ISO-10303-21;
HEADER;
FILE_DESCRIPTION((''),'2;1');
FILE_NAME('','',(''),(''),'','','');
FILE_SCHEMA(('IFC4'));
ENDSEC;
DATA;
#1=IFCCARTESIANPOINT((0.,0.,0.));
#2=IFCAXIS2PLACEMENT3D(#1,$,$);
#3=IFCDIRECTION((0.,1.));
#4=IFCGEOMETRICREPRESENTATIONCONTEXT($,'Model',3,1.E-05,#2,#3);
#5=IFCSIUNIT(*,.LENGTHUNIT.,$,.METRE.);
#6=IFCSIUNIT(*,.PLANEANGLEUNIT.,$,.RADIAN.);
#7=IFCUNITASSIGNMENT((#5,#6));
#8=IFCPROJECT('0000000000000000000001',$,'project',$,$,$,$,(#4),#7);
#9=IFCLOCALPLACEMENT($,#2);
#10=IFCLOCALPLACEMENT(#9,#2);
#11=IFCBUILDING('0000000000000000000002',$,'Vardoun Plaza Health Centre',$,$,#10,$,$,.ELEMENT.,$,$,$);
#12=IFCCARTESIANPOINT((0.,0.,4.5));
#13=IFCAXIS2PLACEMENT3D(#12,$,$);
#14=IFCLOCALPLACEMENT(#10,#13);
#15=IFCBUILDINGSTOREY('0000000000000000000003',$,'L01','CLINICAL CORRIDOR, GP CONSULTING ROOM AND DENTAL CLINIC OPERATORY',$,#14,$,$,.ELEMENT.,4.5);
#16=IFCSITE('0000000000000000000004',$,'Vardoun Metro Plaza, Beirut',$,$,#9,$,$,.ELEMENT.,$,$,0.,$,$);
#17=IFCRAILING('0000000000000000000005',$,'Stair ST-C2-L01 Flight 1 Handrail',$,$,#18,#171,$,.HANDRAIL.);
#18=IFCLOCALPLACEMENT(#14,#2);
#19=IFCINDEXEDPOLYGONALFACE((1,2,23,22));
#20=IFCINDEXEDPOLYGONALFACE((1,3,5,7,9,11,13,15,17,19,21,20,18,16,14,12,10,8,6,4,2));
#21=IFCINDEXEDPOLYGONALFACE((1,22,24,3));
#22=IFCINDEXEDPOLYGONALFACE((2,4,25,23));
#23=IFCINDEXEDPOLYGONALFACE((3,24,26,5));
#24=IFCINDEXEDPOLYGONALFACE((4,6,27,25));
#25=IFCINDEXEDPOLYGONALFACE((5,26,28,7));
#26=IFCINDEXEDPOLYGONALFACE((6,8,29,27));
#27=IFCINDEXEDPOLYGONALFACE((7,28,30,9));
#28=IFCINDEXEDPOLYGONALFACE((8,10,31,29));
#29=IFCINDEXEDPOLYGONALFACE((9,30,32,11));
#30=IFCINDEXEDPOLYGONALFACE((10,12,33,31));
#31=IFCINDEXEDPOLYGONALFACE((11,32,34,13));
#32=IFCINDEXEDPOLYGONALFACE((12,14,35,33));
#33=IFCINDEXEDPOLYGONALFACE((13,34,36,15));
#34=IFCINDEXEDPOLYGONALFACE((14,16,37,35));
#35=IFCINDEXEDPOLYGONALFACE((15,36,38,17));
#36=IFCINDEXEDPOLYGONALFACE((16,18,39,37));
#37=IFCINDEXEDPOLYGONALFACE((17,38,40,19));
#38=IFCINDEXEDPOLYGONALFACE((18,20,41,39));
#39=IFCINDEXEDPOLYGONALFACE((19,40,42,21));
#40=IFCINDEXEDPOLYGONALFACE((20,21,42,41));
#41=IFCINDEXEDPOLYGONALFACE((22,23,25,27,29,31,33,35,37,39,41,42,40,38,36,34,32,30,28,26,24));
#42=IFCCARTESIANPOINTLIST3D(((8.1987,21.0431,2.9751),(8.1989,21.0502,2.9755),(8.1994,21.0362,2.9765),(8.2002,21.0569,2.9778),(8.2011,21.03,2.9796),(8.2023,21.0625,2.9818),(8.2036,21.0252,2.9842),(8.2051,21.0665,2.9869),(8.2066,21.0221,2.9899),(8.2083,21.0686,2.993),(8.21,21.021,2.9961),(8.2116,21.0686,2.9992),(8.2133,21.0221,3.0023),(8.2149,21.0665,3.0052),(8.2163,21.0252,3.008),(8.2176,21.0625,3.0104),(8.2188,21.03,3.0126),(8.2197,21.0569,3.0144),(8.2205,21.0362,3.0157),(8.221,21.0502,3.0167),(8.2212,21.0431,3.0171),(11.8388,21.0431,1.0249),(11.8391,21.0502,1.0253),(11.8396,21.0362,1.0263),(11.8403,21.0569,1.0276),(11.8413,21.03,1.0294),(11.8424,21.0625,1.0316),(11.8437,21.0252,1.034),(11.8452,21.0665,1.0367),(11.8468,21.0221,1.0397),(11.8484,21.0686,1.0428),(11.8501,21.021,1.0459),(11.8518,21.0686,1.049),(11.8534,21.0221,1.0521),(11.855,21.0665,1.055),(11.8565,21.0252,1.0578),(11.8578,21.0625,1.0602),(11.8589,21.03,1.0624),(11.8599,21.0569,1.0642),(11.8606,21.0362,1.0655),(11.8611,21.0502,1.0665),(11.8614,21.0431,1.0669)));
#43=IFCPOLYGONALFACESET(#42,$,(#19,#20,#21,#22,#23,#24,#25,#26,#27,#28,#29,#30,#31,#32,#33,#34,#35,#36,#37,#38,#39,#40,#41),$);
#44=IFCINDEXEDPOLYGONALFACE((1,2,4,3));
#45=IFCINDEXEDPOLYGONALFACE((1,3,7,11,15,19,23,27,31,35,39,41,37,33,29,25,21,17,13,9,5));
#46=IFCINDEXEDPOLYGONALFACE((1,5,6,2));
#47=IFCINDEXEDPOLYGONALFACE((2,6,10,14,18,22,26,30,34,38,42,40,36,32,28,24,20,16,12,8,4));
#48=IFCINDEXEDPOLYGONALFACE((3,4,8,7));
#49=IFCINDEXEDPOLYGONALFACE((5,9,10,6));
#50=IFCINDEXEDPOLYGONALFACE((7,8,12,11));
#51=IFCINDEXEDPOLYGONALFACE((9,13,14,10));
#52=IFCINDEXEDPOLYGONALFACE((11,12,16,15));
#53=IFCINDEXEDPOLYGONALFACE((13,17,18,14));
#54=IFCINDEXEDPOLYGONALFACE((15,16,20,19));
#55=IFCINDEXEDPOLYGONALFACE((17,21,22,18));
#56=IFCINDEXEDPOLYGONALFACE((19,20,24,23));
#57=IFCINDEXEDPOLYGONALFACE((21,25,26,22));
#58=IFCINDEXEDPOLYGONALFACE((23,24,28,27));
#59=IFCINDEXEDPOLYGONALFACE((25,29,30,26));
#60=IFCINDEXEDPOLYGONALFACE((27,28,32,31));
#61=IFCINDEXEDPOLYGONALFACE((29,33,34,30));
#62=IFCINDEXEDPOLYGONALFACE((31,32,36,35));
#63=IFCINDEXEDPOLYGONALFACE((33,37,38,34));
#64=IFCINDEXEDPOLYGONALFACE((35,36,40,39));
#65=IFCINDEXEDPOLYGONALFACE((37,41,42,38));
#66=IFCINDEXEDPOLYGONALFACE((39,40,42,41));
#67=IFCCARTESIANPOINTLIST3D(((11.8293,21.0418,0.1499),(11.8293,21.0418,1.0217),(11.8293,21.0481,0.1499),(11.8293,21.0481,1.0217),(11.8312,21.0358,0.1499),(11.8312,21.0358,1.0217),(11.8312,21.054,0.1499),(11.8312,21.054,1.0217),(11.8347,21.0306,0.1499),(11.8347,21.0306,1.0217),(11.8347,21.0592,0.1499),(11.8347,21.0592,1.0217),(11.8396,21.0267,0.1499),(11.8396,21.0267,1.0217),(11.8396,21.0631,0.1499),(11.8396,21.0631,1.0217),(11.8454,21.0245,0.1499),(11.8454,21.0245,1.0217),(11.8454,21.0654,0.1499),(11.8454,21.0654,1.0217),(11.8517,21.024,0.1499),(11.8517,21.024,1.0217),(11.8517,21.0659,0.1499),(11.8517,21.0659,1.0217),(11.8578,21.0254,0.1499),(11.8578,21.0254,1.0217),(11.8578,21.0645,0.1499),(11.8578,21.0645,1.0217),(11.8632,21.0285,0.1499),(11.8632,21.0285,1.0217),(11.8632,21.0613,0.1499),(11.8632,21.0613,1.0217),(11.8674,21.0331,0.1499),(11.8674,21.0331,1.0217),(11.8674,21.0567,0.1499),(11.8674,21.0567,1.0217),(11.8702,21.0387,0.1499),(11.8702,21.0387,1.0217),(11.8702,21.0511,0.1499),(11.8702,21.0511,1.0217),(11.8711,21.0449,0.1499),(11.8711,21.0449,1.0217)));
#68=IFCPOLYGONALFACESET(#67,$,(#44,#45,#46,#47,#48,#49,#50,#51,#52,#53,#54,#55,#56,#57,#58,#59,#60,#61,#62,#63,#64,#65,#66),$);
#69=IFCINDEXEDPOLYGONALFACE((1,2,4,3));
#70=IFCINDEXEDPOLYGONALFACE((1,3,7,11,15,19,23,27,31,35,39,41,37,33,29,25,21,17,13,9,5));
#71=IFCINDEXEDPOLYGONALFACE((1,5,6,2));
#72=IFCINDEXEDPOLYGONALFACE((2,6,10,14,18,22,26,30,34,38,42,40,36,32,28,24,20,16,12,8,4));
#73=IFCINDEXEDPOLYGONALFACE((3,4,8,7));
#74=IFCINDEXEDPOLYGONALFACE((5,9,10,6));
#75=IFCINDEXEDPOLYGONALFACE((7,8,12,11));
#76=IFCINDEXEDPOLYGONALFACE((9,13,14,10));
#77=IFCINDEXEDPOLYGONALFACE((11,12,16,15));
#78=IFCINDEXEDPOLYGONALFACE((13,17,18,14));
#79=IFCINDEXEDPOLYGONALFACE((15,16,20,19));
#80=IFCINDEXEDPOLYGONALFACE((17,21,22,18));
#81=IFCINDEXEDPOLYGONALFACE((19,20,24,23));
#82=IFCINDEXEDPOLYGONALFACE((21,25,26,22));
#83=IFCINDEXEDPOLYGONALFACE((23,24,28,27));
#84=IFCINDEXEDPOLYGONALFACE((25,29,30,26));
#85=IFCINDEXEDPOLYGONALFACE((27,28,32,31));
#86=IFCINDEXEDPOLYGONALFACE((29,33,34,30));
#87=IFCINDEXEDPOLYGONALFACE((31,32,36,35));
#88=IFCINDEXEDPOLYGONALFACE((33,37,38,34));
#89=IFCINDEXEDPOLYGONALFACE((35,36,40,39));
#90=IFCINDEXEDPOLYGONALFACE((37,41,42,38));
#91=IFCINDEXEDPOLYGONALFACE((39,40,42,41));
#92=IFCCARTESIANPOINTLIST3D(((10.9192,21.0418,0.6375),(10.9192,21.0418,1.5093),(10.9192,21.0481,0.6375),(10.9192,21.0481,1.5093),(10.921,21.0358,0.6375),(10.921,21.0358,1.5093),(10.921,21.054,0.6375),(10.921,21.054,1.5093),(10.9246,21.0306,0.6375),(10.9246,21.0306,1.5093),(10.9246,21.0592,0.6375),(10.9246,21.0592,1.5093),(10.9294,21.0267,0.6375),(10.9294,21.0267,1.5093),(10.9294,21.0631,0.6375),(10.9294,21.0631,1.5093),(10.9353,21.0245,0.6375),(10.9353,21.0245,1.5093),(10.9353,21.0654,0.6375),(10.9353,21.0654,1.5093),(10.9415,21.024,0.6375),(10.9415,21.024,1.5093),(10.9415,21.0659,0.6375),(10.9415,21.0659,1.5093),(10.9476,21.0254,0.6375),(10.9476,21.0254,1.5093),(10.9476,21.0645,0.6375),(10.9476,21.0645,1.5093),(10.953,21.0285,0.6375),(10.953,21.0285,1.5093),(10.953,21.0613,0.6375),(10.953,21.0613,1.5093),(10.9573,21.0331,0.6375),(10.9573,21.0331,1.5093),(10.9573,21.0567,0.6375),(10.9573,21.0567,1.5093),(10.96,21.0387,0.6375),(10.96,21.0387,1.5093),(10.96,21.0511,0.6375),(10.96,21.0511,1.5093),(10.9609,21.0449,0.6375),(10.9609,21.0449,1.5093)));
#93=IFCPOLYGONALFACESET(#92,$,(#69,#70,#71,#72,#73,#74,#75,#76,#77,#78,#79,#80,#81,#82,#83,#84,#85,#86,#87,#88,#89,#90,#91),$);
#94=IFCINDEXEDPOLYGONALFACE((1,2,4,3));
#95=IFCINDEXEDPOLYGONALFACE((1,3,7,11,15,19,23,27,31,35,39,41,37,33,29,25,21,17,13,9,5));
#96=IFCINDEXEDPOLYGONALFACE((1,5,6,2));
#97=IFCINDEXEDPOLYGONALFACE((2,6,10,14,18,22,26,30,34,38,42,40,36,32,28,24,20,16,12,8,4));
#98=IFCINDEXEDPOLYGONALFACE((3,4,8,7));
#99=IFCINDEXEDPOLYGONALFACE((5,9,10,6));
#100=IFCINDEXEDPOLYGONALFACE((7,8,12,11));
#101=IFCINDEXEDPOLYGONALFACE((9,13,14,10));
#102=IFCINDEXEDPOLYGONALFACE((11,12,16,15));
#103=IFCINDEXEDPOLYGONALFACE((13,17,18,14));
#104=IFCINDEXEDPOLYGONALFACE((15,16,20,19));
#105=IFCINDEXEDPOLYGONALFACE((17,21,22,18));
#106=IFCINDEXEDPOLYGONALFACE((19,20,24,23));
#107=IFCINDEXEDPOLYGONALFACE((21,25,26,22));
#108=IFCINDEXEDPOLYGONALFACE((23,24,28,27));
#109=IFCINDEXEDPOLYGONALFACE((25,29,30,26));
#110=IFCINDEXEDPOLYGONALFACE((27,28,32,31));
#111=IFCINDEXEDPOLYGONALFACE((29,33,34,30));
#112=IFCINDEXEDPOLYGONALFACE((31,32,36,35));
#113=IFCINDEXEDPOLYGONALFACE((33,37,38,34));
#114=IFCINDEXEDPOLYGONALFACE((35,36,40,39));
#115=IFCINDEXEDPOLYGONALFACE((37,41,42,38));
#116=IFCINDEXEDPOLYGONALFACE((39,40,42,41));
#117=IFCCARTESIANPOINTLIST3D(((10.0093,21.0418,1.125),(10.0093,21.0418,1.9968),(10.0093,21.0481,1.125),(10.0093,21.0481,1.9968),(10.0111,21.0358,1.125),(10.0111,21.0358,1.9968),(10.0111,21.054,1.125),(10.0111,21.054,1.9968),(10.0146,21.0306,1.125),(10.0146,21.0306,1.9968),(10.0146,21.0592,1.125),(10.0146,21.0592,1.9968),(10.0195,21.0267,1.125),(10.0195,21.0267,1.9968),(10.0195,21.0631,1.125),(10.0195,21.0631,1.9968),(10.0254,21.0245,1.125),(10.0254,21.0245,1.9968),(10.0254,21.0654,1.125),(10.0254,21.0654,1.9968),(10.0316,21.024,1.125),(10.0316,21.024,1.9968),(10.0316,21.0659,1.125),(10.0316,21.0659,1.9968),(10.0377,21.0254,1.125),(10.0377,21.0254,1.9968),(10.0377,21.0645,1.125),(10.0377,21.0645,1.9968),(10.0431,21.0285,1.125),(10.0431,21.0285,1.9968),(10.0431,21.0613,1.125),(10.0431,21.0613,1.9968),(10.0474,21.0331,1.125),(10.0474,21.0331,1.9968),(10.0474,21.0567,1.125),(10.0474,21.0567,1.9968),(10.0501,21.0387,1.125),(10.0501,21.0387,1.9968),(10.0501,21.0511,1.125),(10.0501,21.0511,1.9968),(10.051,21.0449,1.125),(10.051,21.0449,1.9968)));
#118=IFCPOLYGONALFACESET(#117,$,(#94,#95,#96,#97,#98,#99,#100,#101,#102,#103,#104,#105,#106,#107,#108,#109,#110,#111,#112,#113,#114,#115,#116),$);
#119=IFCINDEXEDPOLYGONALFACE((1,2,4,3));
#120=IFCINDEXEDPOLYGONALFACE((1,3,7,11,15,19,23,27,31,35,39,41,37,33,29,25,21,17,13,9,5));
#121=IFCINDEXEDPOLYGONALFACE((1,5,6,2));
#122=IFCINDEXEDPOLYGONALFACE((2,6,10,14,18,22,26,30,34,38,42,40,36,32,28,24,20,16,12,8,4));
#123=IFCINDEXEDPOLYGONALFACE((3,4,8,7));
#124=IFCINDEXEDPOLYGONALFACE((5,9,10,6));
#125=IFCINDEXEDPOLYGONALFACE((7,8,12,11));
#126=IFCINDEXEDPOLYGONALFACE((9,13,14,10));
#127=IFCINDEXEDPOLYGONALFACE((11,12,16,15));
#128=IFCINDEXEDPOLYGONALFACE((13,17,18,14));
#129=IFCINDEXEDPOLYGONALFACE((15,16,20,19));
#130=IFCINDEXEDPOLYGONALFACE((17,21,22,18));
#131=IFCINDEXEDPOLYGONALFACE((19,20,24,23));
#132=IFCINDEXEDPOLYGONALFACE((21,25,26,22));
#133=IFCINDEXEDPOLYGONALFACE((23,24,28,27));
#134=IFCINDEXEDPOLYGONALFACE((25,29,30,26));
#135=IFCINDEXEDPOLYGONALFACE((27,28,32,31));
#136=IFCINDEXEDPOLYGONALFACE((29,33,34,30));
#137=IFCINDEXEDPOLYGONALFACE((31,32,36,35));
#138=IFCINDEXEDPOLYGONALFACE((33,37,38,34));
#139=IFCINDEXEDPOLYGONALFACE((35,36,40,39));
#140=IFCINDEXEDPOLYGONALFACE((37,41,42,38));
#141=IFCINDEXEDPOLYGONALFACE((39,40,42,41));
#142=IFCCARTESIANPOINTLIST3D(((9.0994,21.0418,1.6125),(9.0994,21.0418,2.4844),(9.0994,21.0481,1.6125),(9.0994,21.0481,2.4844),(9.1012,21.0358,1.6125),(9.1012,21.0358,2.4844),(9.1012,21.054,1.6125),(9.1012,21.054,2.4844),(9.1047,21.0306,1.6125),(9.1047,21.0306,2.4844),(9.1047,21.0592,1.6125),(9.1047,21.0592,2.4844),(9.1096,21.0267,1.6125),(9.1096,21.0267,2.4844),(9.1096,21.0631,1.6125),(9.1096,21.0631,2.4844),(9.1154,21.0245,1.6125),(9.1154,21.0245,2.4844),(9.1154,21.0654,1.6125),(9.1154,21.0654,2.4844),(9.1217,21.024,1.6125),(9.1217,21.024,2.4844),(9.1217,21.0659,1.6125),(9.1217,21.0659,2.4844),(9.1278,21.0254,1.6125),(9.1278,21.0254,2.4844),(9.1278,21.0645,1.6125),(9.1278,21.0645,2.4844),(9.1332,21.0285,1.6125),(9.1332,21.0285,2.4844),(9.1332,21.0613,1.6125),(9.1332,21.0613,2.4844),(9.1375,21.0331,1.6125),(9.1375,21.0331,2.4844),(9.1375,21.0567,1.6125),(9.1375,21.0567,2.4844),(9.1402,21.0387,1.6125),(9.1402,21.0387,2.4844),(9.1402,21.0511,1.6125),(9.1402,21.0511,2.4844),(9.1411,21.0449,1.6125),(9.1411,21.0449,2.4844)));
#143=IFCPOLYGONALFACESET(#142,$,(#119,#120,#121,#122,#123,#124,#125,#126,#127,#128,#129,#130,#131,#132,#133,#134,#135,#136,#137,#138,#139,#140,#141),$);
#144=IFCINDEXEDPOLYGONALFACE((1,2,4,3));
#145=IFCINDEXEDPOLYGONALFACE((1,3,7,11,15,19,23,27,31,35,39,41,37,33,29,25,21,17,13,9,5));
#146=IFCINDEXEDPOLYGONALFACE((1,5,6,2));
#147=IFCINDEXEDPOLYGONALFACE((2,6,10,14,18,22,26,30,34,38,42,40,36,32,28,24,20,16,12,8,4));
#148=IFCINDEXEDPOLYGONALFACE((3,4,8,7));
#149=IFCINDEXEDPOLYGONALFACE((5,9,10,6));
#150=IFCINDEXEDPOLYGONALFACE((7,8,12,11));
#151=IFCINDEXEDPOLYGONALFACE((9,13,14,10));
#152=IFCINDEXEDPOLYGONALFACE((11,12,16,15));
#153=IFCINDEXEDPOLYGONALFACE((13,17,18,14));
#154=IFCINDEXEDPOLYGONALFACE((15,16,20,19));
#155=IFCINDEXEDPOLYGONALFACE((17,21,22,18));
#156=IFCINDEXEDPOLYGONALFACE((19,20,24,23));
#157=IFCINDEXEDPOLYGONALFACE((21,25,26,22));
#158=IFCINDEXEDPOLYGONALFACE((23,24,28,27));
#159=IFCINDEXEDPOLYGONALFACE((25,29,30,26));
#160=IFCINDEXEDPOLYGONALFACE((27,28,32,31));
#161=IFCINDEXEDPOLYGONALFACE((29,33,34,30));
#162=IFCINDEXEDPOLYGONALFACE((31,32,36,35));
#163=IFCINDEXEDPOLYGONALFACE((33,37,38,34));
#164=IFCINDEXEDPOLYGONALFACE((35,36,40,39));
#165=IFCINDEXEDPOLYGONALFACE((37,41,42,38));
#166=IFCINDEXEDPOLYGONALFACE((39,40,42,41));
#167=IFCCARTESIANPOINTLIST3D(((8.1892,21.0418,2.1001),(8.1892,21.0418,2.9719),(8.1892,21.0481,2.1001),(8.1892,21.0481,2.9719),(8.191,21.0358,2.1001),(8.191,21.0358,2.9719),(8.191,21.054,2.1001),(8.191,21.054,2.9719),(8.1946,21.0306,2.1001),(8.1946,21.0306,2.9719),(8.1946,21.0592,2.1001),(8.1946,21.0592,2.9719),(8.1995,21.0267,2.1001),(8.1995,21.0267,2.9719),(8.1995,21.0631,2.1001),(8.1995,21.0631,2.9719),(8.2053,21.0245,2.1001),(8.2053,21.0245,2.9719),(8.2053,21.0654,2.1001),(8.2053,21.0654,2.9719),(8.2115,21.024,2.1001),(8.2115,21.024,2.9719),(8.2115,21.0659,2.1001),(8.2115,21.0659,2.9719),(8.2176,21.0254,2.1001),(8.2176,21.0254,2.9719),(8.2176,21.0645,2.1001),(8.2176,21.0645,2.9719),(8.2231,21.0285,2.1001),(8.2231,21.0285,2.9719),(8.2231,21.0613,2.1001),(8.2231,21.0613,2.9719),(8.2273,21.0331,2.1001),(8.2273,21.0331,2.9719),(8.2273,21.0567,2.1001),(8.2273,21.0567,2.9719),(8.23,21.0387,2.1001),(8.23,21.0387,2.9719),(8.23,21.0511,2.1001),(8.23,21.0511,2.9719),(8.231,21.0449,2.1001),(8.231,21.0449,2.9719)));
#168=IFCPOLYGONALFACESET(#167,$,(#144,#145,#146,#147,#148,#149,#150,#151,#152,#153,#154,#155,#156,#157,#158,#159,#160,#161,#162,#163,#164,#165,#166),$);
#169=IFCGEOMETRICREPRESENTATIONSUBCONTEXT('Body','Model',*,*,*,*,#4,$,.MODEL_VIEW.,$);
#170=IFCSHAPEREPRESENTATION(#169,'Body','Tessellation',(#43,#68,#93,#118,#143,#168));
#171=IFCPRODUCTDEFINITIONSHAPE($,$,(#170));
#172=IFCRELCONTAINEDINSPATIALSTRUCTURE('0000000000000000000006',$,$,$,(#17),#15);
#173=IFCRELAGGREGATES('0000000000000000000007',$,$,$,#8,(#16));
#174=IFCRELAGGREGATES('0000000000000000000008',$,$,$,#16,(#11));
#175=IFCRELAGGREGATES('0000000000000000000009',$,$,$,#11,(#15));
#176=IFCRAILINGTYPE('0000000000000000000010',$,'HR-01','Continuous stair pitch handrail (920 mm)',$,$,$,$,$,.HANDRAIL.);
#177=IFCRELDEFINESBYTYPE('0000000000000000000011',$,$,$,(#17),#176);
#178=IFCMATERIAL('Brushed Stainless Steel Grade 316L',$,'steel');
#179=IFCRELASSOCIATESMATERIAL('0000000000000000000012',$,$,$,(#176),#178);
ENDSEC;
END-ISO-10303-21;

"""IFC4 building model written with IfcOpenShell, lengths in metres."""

from ifc_helpers import new_model, si_unit, direction, frame, origin, origin_2d, place, context, subcontext, project, spatial, circle, extrude, material, type_object, element, save


model = new_model("IFC4")

# Units and contexts
model_context = context("Model", 3, precision=1e-05, world=origin(), true_north=direction((0.0, 1.0)))
body_context = subcontext(model_context, "Body", "Model", "MODEL_VIEW")
ifc_project = project(units=[si_unit("LENGTHUNIT", "METRE"), si_unit("PLANEANGLEUNIT", "RADIAN")], contexts=[model_context])

# Site, building, storey
site_placement = place(None, origin())
site = spatial("IfcSite", under=ifc_project, at=site_placement, Name="Vardoun Metro Plaza, Beirut", CompositionType="ELEMENT", RefElevation=0.0)
building_placement = place(site_placement, origin())
building = spatial("IfcBuilding", under=site, at=building_placement, Name="Vardoun Plaza Health Centre", CompositionType="ELEMENT")
storey_placement = place(building_placement, frame((0.0, 0.0, 4.5)))
storey = spatial("IfcBuildingStorey", under=building, at=storey_placement, Name="L01", Description="CLINICAL CORRIDOR, GP CONSULTING ROOM AND DENTAL CLINIC OPERATORY", CompositionType="ELEMENT", Elevation=4.5)

# Railing
ifc_material_1 = material(Name="Brushed Stainless Steel Grade 316L", Category="steel")
railing_type_1 = type_object("IfcRailingType", Name="HR-01", Description="Continuous stair pitch handrail (920 mm)", PredefinedType="HANDRAIL", material=ifc_material_1)
railing_1_placement = place(storey_placement, frame((11.8501, 21.0449, 0.1499)))
element("IfcRailing", 1, at=railing_1_placement, inside=storey, type_object=railing_type_1, Name="Stair ST-C2-L01 Flight 1 Handrail", PredefinedType="HANDRAIL", context=body_context, shape_type="SweptSolid", body=[
    extrude(circle(Radius=0.0239, at=origin_2d()), frame((0.0, 0.0, 0.896), z_axis=(-0.881468, 0.0, 0.472244), x_axis=(0.0, -1.0, 0.0)), (0.0, 0.0, 1.0), 4.1296),
    extrude(circle(Radius=0.021, at=origin_2d()), origin(), (0.0, 0.0, 1.0), 0.8718),
    extrude(circle(Radius=0.021, at=origin_2d()), frame((-0.9102, 0.0, 0.4875)), (0.0, 0.0, 1.0), 0.8718),
    extrude(circle(Radius=0.021, at=origin_2d()), frame((-1.8201, 0.0, 0.9751)), (0.0, 0.0, 1.0), 0.8718),
    extrude(circle(Radius=0.021, at=origin_2d()), frame((-2.73, 0.0, 1.4626)), (0.0, 0.0, 1.0), 0.8718),
    extrude(circle(Radius=0.021, at=origin_2d()), frame((-3.6401, 0.0, 1.9502)), (0.0, 0.0, 1.0), 0.8718),
])

save(model, "model.ifc")
